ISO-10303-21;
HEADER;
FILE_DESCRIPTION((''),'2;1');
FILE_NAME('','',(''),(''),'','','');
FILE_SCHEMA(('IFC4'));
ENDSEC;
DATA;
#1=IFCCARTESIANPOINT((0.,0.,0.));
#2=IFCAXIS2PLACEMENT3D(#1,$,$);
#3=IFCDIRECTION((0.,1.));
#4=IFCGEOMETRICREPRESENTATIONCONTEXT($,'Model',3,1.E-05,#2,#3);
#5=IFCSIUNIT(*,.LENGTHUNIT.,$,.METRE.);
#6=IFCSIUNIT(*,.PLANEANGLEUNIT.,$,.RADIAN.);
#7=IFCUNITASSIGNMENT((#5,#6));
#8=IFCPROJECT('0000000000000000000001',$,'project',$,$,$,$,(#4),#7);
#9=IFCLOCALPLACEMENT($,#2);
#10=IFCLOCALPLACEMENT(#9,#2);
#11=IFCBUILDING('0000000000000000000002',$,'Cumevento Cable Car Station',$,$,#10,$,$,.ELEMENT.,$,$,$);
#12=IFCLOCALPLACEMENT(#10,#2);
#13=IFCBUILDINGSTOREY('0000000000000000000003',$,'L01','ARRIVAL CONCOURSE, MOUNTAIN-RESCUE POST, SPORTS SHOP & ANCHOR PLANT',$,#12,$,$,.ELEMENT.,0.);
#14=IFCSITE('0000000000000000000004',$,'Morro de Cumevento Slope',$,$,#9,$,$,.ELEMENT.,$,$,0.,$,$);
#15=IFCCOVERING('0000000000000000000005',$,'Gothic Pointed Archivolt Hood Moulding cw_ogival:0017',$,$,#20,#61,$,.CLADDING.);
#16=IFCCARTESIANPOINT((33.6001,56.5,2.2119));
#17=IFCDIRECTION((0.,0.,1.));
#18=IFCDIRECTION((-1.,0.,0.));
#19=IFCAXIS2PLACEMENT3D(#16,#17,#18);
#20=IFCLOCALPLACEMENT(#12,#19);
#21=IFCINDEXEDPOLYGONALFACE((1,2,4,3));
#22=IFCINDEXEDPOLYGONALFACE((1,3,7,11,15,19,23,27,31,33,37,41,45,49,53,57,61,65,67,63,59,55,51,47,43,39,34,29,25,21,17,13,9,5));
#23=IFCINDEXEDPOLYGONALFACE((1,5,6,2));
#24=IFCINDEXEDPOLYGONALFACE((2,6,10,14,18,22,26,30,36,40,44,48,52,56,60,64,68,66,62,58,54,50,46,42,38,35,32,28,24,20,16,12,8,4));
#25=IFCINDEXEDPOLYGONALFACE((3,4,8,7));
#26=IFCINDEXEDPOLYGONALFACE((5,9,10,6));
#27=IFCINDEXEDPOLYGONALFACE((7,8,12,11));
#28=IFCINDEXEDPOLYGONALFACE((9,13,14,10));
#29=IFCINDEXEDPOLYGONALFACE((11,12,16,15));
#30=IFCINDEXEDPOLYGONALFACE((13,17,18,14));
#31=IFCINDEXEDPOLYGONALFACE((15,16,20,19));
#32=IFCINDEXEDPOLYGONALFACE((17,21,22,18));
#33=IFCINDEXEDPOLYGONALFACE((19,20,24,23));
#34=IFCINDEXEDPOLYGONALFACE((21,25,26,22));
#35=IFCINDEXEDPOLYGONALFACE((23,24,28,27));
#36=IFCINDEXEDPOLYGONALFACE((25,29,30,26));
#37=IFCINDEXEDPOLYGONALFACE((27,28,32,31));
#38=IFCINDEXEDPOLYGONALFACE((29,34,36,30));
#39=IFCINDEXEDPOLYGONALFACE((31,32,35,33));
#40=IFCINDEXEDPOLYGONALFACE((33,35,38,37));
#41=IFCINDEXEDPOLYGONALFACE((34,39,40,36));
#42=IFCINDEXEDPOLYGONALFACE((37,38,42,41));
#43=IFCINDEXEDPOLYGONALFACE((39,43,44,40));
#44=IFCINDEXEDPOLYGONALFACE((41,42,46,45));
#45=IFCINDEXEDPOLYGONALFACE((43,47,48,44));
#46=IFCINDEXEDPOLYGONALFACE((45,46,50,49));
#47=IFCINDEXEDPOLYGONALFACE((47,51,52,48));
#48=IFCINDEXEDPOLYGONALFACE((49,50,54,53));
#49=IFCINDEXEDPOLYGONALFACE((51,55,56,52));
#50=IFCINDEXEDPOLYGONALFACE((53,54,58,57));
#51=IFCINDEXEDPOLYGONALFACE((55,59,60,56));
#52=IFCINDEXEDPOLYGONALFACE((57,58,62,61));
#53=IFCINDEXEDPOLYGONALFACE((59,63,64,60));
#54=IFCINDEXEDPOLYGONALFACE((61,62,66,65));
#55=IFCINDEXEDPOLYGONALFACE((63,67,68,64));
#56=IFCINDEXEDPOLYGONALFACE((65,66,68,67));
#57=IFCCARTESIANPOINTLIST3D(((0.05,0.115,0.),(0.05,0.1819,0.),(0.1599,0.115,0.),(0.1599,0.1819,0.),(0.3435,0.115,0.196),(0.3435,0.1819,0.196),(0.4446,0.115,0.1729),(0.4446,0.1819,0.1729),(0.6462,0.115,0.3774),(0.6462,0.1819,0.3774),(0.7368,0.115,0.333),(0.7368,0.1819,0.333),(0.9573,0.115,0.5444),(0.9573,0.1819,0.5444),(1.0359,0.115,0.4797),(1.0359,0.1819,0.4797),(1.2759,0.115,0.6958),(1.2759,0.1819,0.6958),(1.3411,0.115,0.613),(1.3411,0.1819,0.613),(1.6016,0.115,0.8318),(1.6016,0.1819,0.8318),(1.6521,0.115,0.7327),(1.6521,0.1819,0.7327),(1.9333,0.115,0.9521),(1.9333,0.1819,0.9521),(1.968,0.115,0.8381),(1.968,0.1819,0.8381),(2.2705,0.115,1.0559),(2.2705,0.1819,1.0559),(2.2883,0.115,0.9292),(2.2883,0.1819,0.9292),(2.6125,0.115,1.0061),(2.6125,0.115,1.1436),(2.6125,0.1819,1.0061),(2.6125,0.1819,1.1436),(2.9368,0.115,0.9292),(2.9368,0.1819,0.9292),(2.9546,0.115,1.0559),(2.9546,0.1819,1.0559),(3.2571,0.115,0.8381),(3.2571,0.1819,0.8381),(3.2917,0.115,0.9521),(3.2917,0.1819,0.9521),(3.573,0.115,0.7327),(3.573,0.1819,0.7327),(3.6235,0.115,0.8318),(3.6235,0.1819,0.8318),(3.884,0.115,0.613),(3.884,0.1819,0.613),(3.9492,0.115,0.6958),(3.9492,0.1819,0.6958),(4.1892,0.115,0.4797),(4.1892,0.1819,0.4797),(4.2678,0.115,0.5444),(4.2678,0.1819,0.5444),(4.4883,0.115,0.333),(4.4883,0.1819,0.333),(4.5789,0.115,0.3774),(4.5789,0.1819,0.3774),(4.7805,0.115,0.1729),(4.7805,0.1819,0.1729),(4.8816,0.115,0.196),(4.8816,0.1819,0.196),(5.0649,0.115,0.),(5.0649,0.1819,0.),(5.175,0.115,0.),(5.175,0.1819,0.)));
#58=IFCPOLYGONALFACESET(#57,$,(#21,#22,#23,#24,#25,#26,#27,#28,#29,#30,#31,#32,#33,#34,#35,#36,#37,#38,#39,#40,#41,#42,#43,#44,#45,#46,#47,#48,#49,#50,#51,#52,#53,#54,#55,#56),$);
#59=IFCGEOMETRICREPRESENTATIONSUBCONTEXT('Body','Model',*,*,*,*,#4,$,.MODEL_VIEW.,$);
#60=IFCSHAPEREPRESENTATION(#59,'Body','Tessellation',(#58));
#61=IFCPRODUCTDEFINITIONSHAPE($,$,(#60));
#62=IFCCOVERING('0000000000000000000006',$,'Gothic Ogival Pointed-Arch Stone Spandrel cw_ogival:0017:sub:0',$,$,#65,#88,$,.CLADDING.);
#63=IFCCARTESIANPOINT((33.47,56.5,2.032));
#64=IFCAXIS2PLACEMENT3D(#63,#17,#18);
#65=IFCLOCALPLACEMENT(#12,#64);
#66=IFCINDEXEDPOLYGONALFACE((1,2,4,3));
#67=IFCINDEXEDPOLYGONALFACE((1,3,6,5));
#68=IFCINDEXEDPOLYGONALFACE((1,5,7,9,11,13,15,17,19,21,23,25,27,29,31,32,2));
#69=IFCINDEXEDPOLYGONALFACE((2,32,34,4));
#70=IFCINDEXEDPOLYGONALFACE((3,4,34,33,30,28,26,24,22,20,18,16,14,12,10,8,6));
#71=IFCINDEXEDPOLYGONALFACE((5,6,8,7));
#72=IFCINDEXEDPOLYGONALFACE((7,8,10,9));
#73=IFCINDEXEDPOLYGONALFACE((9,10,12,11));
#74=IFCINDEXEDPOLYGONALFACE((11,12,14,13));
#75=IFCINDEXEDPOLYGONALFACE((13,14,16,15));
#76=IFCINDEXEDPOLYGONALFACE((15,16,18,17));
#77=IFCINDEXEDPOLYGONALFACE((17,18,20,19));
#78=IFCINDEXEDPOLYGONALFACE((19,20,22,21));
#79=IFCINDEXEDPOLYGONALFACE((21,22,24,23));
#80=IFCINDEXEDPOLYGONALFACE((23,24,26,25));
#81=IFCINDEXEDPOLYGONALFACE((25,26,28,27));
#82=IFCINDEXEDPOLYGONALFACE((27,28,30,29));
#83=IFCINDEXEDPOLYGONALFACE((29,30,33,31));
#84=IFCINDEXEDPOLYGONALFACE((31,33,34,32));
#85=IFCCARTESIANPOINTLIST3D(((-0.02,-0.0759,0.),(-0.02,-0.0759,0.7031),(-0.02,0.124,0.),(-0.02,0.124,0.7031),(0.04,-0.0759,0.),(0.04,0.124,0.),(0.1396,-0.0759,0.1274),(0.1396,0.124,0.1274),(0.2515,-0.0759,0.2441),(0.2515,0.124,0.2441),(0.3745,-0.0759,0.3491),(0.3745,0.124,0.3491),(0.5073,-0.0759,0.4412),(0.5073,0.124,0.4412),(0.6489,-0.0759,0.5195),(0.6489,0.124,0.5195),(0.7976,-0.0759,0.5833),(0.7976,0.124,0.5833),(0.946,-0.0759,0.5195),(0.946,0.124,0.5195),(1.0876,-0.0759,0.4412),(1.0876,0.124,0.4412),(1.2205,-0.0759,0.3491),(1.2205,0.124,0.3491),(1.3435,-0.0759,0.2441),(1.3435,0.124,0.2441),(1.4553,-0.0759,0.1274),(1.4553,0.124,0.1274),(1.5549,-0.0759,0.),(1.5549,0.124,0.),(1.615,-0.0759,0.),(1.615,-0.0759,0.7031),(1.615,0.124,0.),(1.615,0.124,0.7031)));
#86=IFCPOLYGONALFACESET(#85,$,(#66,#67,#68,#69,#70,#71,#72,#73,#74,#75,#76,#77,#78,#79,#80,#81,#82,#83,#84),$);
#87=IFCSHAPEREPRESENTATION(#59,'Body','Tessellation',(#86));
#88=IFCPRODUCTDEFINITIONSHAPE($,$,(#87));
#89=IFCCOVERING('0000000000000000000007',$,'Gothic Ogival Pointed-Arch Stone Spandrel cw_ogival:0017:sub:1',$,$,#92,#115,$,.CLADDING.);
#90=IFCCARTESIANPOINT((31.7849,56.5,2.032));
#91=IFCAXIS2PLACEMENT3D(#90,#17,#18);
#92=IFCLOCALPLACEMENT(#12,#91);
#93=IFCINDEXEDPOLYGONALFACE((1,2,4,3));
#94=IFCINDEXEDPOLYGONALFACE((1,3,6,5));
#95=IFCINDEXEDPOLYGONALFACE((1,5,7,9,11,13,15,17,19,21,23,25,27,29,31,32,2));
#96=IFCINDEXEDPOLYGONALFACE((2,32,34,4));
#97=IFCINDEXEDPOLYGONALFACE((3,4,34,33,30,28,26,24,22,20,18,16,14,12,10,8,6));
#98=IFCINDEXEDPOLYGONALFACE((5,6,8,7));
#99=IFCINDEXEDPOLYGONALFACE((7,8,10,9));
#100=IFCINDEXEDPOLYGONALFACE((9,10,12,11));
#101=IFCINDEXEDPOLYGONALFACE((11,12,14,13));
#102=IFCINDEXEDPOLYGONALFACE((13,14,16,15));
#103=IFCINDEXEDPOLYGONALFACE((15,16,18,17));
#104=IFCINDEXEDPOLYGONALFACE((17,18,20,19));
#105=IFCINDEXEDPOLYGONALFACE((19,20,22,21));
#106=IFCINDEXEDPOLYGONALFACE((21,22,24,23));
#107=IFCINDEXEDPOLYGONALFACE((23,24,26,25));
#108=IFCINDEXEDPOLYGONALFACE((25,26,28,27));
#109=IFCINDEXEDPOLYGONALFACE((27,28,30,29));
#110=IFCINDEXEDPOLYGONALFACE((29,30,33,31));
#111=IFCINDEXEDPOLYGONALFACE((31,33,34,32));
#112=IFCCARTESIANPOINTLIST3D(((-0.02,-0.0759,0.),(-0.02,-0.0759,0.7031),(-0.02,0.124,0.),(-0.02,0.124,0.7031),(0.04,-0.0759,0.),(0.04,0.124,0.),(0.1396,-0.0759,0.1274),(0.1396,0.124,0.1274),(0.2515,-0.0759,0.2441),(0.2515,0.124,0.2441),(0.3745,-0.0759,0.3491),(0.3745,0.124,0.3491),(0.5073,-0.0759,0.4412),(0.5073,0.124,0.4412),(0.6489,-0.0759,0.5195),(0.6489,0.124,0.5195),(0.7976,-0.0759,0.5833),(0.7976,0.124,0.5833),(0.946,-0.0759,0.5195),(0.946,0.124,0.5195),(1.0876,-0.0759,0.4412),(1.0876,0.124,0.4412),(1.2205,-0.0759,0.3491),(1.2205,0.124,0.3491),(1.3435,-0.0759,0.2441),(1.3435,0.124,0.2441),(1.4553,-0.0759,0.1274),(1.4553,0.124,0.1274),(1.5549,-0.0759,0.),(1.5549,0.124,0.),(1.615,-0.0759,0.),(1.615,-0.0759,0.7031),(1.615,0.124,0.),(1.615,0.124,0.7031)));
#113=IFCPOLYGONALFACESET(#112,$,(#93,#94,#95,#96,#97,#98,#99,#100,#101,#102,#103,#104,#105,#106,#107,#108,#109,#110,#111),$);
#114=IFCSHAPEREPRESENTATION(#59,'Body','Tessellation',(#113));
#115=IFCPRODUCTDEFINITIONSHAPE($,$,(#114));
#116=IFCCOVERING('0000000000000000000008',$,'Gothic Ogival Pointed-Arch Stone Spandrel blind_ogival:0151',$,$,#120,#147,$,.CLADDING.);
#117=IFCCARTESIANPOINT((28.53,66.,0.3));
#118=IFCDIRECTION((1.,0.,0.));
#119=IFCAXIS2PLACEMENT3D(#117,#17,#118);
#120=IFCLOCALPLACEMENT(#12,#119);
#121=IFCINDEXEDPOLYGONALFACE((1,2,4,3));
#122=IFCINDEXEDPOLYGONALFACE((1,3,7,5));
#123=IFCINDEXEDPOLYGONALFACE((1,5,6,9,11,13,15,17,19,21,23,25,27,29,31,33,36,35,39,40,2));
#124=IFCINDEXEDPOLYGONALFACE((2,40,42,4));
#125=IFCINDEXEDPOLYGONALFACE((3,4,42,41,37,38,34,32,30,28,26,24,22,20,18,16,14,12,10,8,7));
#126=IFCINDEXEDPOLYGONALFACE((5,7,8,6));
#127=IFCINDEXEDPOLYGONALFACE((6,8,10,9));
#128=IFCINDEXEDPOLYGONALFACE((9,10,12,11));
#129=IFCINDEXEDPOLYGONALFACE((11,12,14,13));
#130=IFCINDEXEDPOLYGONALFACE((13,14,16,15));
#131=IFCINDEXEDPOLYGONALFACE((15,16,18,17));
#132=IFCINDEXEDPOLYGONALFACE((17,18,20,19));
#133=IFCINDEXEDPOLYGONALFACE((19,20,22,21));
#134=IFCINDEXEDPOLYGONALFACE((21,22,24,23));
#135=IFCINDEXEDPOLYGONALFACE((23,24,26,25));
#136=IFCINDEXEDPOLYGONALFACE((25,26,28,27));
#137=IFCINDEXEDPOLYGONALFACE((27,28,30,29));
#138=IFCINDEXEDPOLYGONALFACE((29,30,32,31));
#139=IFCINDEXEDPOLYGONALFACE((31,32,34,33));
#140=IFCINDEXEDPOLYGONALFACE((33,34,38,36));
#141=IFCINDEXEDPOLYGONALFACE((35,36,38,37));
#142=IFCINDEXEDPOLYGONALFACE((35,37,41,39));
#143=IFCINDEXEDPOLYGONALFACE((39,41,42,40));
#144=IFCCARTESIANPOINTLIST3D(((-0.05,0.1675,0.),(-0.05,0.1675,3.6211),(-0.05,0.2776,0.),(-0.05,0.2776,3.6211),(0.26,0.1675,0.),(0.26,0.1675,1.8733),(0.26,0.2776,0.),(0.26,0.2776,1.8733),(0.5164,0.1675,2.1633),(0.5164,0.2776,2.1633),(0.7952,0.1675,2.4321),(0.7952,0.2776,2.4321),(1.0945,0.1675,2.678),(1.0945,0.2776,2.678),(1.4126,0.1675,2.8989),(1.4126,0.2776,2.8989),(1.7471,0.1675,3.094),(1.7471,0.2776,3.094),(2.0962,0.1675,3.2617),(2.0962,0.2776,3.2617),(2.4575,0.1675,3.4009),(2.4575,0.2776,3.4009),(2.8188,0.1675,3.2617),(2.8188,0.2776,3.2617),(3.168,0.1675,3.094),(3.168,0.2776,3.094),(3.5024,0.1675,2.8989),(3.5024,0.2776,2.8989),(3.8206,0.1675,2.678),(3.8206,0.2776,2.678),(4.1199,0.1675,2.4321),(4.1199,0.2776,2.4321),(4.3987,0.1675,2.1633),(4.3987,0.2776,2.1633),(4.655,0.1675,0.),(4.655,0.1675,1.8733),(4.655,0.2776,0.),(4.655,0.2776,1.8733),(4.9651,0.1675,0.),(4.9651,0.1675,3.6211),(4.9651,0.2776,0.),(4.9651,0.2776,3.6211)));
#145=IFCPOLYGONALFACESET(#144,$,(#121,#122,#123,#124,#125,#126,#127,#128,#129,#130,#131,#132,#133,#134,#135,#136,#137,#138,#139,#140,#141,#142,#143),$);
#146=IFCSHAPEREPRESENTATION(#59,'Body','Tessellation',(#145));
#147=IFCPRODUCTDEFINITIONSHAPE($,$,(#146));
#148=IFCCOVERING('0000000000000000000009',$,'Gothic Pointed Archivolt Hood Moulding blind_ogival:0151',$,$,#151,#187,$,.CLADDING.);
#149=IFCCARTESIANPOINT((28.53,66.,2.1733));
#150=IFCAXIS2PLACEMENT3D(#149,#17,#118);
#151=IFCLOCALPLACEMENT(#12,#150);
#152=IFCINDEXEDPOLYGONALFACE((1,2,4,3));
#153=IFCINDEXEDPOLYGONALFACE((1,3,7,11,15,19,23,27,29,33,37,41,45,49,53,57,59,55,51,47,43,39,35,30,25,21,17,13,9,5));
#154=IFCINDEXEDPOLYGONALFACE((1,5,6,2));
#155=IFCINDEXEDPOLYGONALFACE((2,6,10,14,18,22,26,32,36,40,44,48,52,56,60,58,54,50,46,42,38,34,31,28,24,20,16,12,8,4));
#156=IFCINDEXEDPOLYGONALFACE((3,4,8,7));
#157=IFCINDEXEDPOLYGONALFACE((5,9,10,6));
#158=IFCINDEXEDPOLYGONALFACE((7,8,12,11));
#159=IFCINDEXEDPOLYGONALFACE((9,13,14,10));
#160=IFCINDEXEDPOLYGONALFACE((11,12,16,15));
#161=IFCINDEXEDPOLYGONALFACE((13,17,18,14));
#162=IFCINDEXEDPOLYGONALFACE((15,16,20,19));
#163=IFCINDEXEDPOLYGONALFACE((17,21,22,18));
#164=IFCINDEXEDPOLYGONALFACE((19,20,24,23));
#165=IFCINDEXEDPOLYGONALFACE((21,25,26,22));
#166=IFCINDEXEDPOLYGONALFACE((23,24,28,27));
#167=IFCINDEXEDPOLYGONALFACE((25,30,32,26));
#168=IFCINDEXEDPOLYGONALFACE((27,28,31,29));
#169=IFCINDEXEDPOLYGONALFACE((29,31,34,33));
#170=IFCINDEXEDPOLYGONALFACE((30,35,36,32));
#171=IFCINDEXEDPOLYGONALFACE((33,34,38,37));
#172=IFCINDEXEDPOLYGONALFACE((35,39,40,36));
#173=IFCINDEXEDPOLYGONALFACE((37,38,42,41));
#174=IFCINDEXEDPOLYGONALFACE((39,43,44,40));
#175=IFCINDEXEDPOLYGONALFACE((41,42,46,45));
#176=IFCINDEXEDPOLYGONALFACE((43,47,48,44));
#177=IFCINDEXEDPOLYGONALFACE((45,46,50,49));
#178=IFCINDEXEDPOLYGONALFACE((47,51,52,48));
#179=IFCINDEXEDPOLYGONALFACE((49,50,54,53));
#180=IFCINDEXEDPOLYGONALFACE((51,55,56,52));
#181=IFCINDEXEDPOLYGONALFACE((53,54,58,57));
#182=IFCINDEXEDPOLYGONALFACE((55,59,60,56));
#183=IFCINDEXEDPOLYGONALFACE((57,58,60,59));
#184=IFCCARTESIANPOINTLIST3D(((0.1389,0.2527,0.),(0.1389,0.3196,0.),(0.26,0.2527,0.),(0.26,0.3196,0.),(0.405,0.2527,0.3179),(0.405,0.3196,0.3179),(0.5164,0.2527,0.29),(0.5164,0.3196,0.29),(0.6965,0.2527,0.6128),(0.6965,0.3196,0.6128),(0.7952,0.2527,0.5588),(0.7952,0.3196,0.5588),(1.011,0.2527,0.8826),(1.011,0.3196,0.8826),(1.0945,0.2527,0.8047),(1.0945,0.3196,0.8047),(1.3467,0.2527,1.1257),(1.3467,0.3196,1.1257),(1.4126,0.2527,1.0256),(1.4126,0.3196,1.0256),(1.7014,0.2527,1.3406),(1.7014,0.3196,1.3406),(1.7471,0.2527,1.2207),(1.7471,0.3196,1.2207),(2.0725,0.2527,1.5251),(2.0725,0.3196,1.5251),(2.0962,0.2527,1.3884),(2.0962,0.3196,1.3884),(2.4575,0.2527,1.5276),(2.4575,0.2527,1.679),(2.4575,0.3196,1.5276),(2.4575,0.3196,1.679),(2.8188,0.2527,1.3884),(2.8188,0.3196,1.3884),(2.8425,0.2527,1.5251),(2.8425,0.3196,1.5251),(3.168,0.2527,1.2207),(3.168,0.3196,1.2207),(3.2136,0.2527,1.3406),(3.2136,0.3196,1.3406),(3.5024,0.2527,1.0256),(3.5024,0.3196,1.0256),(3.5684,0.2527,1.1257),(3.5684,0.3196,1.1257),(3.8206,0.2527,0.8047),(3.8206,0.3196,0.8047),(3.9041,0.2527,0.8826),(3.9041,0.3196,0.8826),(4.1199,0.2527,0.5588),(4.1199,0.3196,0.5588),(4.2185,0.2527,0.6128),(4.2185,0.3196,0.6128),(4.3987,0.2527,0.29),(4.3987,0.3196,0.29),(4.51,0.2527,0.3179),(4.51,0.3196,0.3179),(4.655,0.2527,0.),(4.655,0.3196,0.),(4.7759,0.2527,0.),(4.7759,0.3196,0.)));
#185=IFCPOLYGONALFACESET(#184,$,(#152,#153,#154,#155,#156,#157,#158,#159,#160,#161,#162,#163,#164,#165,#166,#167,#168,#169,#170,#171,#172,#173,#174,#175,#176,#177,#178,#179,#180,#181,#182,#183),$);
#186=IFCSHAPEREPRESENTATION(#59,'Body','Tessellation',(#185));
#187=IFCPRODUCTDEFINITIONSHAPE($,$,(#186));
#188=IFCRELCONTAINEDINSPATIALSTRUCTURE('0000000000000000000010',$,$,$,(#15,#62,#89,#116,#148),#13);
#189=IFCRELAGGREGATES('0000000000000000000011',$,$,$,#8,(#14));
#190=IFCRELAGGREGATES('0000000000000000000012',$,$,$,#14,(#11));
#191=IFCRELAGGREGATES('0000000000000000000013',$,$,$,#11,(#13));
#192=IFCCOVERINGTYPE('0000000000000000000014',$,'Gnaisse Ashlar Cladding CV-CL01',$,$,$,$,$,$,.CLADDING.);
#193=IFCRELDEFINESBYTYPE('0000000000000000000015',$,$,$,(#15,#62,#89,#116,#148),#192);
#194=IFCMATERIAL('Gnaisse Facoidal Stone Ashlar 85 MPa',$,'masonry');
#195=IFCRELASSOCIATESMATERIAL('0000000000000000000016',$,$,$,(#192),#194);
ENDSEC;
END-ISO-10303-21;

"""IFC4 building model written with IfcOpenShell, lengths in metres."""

from ifc_helpers import new_model, si_unit, direction, frame, origin, place, context, subcontext, project, spatial, polyline, outline, extrude, material, type_object, element, save


model = new_model("IFC4")

# Units and contexts
model_context = context("Model", 3, precision=1e-05, world=origin(), true_north=direction((0.0, 1.0)))
body_context = subcontext(model_context, "Body", "Model", "MODEL_VIEW")
ifc_project = project(units=[si_unit("LENGTHUNIT", "METRE"), si_unit("PLANEANGLEUNIT", "RADIAN")], contexts=[model_context])

# Site, building, storey
site_placement = place(None, origin())
site = spatial("IfcSite", under=ifc_project, at=site_placement, Name="Morro de Cumevento Slope", CompositionType="ELEMENT", RefElevation=0.0)
building_placement = place(site_placement, origin())
building = spatial("IfcBuilding", under=site, at=building_placement, Name="Cumevento Cable Car Station", CompositionType="ELEMENT")
storey_placement = place(building_placement, origin())
storey = spatial("IfcBuildingStorey", under=building, at=storey_placement, Name="L01", Description="ARRIVAL CONCOURSE, MOUNTAIN-RESCUE POST, SPORTS SHOP & ANCHOR PLANT", CompositionType="ELEMENT", Elevation=0.0)

# Coverings
ifc_material_1 = material(Name="Gnaisse Facoidal Stone Ashlar 85 MPa", Category="masonry")
covering_type = type_object("IfcCoveringType", Name="Gnaisse Ashlar Cladding CV-CL01", PredefinedType="CLADDING", material=ifc_material_1)
covering_1_placement = place(storey_placement, frame((33.6001, 56.5, 2.2119), z_axis=(0.0, 0.0, 1.0), x_axis=(-1.0, 0.0, 0.0)))
element("IfcCovering", 1, at=covering_1_placement, inside=storey, type_object=covering_type, Name="Gothic Pointed Archivolt Hood Moulding cw_ogival:0017", PredefinedType="CLADDING", context=body_context, shape_type="SweptSolid", body=[
    extrude(outline(polyline([(0.1599, 0.0), (0.4446, 0.1729), (0.7368, 0.333), (1.0359, 0.4797), (1.3411, 0.613), (1.6521, 0.7327), (1.968, 0.8381), (2.2883, 0.9292), (2.6125, 1.0061), (2.9368, 0.9292), (3.2571, 0.8381), (3.573, 0.7327), (3.884, 0.613), (4.1892, 0.4797), (4.4883, 0.333), (4.7805, 0.1729), (5.0649, 0.0), (5.175, 0.0), (4.8816, 0.196), (4.5789, 0.3774), (4.2678, 0.5444), (3.9492, 0.6958), (3.6235, 0.8318), (3.2917, 0.9521), (2.9546, 1.0559), (2.6125, 1.1436), (2.2705, 1.0559), (1.9333, 0.9521), (1.6016, 0.8318), (1.2759, 0.6958), (0.9573, 0.5444), (0.6462, 0.3774), (0.3435, 0.196), (0.05, 0.0), (0.1599, 0.0)])), frame((0.0, 0.1819, 0.0), z_axis=(0.0, -1.0, 0.0), x_axis=(1.0, 0.0, 0.0)), (0.0, 0.0, 1.0), 0.0669),
])
for number, where, z_axis, x_axis, name in (
    (2, (33.47, 56.5, 2.032), (0.0, 0.0, 1.0), (-1.0, 0.0, 0.0), "Gothic Ogival Pointed-Arch Stone Spandrel cw_ogival:0017:sub:0"),
    (3, (31.7849, 56.5, 2.032), (0.0, 0.0, 1.0), (-1.0, 0.0, 0.0), "Gothic Ogival Pointed-Arch Stone Spandrel cw_ogival:0017:sub:1"),
):
    element("IfcCovering", number, at=place(storey_placement, frame(where, z_axis=z_axis, x_axis=x_axis)), inside=storey, type_object=covering_type, Name=name, PredefinedType="CLADDING", context=body_context, shape_type="SweptSolid", body=[
        extrude(outline(polyline([(-0.02, 0.0), (-0.02, 0.7031), (1.615, 0.7031), (1.615, 0.0), (1.5549, 0.0), (1.4553, 0.1274), (1.3435, 0.2441), (1.2205, 0.3491), (1.0876, 0.4412), (0.946, 0.5195), (0.7976, 0.5833), (0.6489, 0.5195), (0.5073, 0.4412), (0.3745, 0.3491), (0.2515, 0.2441), (0.1396, 0.1274), (0.04, 0.0), (-0.02, 0.0)])), frame((0.0, 0.124, 0.0), z_axis=(0.0, -1.0, 0.0), x_axis=(1.0, 0.0, 0.0)), (0.0, 0.0, 1.0), 0.2),
    ])
placement = place(storey_placement, frame((28.53, 66.0, 0.3), z_axis=(0.0, 0.0, 1.0), x_axis=(1.0, 0.0, 0.0)))
element("IfcCovering", 4, at=placement, inside=storey, type_object=covering_type, Name="Gothic Ogival Pointed-Arch Stone Spandrel blind_ogival:0151", PredefinedType="CLADDING", context=body_context, shape_type="SweptSolid", body=[
    extrude(outline(polyline([(-0.05, 0.0), (-0.05, 3.6211), (4.9651, 3.6211), (4.9651, 0.0), (4.655, 0.0), (4.655, 1.8733), (4.3987, 2.1633), (4.1199, 2.4321), (3.8206, 2.678), (3.5024, 2.8989), (3.168, 3.094), (2.8188, 3.2617), (2.4575, 3.4009), (2.0962, 3.2617), (1.7471, 3.094), (1.4126, 2.8989), (1.0945, 2.678), (0.7952, 2.4321), (0.5164, 2.1633), (0.26, 1.8733), (0.26, 0.0), (-0.05, 0.0)])), frame((0.0, 0.2776, 0.0), z_axis=(0.0, -1.0, 0.0), x_axis=(1.0, 0.0, 0.0)), (0.0, 0.0, 1.0), 0.1101),
])
covering_2_placement = place(storey_placement, frame((28.53, 66.0, 2.1733), z_axis=(0.0, 0.0, 1.0), x_axis=(1.0, 0.0, 0.0)))
element("IfcCovering", 5, at=covering_2_placement, inside=storey, type_object=covering_type, Name="Gothic Pointed Archivolt Hood Moulding blind_ogival:0151", PredefinedType="CLADDING", context=body_context, shape_type="SweptSolid", body=[
    extrude(outline(polyline([(0.26, 0.0), (0.5164, 0.29), (0.7952, 0.5588), (1.0945, 0.8047), (1.4126, 1.0256), (1.7471, 1.2207), (2.0962, 1.3884), (2.4575, 1.5276), (2.8188, 1.3884), (3.168, 1.2207), (3.5024, 1.0256), (3.8206, 0.8047), (4.1199, 0.5588), (4.3987, 0.29), (4.655, 0.0), (4.7759, 0.0), (4.51, 0.3179), (4.2185, 0.6128), (3.9041, 0.8826), (3.5684, 1.1257), (3.2136, 1.3406), (2.8425, 1.5251), (2.4575, 1.679), (2.0725, 1.5251), (1.7014, 1.3406), (1.3467, 1.1257), (1.011, 0.8826), (0.6965, 0.6128), (0.405, 0.3179), (0.1389, 0.0), (0.26, 0.0)])), frame((0.0, 0.3196, 0.0), z_axis=(0.0, -1.0, 0.0), x_axis=(1.0, 0.0, 0.0)), (0.0, 0.0, 1.0), 0.0669),
])

save(model, "model.ifc")
